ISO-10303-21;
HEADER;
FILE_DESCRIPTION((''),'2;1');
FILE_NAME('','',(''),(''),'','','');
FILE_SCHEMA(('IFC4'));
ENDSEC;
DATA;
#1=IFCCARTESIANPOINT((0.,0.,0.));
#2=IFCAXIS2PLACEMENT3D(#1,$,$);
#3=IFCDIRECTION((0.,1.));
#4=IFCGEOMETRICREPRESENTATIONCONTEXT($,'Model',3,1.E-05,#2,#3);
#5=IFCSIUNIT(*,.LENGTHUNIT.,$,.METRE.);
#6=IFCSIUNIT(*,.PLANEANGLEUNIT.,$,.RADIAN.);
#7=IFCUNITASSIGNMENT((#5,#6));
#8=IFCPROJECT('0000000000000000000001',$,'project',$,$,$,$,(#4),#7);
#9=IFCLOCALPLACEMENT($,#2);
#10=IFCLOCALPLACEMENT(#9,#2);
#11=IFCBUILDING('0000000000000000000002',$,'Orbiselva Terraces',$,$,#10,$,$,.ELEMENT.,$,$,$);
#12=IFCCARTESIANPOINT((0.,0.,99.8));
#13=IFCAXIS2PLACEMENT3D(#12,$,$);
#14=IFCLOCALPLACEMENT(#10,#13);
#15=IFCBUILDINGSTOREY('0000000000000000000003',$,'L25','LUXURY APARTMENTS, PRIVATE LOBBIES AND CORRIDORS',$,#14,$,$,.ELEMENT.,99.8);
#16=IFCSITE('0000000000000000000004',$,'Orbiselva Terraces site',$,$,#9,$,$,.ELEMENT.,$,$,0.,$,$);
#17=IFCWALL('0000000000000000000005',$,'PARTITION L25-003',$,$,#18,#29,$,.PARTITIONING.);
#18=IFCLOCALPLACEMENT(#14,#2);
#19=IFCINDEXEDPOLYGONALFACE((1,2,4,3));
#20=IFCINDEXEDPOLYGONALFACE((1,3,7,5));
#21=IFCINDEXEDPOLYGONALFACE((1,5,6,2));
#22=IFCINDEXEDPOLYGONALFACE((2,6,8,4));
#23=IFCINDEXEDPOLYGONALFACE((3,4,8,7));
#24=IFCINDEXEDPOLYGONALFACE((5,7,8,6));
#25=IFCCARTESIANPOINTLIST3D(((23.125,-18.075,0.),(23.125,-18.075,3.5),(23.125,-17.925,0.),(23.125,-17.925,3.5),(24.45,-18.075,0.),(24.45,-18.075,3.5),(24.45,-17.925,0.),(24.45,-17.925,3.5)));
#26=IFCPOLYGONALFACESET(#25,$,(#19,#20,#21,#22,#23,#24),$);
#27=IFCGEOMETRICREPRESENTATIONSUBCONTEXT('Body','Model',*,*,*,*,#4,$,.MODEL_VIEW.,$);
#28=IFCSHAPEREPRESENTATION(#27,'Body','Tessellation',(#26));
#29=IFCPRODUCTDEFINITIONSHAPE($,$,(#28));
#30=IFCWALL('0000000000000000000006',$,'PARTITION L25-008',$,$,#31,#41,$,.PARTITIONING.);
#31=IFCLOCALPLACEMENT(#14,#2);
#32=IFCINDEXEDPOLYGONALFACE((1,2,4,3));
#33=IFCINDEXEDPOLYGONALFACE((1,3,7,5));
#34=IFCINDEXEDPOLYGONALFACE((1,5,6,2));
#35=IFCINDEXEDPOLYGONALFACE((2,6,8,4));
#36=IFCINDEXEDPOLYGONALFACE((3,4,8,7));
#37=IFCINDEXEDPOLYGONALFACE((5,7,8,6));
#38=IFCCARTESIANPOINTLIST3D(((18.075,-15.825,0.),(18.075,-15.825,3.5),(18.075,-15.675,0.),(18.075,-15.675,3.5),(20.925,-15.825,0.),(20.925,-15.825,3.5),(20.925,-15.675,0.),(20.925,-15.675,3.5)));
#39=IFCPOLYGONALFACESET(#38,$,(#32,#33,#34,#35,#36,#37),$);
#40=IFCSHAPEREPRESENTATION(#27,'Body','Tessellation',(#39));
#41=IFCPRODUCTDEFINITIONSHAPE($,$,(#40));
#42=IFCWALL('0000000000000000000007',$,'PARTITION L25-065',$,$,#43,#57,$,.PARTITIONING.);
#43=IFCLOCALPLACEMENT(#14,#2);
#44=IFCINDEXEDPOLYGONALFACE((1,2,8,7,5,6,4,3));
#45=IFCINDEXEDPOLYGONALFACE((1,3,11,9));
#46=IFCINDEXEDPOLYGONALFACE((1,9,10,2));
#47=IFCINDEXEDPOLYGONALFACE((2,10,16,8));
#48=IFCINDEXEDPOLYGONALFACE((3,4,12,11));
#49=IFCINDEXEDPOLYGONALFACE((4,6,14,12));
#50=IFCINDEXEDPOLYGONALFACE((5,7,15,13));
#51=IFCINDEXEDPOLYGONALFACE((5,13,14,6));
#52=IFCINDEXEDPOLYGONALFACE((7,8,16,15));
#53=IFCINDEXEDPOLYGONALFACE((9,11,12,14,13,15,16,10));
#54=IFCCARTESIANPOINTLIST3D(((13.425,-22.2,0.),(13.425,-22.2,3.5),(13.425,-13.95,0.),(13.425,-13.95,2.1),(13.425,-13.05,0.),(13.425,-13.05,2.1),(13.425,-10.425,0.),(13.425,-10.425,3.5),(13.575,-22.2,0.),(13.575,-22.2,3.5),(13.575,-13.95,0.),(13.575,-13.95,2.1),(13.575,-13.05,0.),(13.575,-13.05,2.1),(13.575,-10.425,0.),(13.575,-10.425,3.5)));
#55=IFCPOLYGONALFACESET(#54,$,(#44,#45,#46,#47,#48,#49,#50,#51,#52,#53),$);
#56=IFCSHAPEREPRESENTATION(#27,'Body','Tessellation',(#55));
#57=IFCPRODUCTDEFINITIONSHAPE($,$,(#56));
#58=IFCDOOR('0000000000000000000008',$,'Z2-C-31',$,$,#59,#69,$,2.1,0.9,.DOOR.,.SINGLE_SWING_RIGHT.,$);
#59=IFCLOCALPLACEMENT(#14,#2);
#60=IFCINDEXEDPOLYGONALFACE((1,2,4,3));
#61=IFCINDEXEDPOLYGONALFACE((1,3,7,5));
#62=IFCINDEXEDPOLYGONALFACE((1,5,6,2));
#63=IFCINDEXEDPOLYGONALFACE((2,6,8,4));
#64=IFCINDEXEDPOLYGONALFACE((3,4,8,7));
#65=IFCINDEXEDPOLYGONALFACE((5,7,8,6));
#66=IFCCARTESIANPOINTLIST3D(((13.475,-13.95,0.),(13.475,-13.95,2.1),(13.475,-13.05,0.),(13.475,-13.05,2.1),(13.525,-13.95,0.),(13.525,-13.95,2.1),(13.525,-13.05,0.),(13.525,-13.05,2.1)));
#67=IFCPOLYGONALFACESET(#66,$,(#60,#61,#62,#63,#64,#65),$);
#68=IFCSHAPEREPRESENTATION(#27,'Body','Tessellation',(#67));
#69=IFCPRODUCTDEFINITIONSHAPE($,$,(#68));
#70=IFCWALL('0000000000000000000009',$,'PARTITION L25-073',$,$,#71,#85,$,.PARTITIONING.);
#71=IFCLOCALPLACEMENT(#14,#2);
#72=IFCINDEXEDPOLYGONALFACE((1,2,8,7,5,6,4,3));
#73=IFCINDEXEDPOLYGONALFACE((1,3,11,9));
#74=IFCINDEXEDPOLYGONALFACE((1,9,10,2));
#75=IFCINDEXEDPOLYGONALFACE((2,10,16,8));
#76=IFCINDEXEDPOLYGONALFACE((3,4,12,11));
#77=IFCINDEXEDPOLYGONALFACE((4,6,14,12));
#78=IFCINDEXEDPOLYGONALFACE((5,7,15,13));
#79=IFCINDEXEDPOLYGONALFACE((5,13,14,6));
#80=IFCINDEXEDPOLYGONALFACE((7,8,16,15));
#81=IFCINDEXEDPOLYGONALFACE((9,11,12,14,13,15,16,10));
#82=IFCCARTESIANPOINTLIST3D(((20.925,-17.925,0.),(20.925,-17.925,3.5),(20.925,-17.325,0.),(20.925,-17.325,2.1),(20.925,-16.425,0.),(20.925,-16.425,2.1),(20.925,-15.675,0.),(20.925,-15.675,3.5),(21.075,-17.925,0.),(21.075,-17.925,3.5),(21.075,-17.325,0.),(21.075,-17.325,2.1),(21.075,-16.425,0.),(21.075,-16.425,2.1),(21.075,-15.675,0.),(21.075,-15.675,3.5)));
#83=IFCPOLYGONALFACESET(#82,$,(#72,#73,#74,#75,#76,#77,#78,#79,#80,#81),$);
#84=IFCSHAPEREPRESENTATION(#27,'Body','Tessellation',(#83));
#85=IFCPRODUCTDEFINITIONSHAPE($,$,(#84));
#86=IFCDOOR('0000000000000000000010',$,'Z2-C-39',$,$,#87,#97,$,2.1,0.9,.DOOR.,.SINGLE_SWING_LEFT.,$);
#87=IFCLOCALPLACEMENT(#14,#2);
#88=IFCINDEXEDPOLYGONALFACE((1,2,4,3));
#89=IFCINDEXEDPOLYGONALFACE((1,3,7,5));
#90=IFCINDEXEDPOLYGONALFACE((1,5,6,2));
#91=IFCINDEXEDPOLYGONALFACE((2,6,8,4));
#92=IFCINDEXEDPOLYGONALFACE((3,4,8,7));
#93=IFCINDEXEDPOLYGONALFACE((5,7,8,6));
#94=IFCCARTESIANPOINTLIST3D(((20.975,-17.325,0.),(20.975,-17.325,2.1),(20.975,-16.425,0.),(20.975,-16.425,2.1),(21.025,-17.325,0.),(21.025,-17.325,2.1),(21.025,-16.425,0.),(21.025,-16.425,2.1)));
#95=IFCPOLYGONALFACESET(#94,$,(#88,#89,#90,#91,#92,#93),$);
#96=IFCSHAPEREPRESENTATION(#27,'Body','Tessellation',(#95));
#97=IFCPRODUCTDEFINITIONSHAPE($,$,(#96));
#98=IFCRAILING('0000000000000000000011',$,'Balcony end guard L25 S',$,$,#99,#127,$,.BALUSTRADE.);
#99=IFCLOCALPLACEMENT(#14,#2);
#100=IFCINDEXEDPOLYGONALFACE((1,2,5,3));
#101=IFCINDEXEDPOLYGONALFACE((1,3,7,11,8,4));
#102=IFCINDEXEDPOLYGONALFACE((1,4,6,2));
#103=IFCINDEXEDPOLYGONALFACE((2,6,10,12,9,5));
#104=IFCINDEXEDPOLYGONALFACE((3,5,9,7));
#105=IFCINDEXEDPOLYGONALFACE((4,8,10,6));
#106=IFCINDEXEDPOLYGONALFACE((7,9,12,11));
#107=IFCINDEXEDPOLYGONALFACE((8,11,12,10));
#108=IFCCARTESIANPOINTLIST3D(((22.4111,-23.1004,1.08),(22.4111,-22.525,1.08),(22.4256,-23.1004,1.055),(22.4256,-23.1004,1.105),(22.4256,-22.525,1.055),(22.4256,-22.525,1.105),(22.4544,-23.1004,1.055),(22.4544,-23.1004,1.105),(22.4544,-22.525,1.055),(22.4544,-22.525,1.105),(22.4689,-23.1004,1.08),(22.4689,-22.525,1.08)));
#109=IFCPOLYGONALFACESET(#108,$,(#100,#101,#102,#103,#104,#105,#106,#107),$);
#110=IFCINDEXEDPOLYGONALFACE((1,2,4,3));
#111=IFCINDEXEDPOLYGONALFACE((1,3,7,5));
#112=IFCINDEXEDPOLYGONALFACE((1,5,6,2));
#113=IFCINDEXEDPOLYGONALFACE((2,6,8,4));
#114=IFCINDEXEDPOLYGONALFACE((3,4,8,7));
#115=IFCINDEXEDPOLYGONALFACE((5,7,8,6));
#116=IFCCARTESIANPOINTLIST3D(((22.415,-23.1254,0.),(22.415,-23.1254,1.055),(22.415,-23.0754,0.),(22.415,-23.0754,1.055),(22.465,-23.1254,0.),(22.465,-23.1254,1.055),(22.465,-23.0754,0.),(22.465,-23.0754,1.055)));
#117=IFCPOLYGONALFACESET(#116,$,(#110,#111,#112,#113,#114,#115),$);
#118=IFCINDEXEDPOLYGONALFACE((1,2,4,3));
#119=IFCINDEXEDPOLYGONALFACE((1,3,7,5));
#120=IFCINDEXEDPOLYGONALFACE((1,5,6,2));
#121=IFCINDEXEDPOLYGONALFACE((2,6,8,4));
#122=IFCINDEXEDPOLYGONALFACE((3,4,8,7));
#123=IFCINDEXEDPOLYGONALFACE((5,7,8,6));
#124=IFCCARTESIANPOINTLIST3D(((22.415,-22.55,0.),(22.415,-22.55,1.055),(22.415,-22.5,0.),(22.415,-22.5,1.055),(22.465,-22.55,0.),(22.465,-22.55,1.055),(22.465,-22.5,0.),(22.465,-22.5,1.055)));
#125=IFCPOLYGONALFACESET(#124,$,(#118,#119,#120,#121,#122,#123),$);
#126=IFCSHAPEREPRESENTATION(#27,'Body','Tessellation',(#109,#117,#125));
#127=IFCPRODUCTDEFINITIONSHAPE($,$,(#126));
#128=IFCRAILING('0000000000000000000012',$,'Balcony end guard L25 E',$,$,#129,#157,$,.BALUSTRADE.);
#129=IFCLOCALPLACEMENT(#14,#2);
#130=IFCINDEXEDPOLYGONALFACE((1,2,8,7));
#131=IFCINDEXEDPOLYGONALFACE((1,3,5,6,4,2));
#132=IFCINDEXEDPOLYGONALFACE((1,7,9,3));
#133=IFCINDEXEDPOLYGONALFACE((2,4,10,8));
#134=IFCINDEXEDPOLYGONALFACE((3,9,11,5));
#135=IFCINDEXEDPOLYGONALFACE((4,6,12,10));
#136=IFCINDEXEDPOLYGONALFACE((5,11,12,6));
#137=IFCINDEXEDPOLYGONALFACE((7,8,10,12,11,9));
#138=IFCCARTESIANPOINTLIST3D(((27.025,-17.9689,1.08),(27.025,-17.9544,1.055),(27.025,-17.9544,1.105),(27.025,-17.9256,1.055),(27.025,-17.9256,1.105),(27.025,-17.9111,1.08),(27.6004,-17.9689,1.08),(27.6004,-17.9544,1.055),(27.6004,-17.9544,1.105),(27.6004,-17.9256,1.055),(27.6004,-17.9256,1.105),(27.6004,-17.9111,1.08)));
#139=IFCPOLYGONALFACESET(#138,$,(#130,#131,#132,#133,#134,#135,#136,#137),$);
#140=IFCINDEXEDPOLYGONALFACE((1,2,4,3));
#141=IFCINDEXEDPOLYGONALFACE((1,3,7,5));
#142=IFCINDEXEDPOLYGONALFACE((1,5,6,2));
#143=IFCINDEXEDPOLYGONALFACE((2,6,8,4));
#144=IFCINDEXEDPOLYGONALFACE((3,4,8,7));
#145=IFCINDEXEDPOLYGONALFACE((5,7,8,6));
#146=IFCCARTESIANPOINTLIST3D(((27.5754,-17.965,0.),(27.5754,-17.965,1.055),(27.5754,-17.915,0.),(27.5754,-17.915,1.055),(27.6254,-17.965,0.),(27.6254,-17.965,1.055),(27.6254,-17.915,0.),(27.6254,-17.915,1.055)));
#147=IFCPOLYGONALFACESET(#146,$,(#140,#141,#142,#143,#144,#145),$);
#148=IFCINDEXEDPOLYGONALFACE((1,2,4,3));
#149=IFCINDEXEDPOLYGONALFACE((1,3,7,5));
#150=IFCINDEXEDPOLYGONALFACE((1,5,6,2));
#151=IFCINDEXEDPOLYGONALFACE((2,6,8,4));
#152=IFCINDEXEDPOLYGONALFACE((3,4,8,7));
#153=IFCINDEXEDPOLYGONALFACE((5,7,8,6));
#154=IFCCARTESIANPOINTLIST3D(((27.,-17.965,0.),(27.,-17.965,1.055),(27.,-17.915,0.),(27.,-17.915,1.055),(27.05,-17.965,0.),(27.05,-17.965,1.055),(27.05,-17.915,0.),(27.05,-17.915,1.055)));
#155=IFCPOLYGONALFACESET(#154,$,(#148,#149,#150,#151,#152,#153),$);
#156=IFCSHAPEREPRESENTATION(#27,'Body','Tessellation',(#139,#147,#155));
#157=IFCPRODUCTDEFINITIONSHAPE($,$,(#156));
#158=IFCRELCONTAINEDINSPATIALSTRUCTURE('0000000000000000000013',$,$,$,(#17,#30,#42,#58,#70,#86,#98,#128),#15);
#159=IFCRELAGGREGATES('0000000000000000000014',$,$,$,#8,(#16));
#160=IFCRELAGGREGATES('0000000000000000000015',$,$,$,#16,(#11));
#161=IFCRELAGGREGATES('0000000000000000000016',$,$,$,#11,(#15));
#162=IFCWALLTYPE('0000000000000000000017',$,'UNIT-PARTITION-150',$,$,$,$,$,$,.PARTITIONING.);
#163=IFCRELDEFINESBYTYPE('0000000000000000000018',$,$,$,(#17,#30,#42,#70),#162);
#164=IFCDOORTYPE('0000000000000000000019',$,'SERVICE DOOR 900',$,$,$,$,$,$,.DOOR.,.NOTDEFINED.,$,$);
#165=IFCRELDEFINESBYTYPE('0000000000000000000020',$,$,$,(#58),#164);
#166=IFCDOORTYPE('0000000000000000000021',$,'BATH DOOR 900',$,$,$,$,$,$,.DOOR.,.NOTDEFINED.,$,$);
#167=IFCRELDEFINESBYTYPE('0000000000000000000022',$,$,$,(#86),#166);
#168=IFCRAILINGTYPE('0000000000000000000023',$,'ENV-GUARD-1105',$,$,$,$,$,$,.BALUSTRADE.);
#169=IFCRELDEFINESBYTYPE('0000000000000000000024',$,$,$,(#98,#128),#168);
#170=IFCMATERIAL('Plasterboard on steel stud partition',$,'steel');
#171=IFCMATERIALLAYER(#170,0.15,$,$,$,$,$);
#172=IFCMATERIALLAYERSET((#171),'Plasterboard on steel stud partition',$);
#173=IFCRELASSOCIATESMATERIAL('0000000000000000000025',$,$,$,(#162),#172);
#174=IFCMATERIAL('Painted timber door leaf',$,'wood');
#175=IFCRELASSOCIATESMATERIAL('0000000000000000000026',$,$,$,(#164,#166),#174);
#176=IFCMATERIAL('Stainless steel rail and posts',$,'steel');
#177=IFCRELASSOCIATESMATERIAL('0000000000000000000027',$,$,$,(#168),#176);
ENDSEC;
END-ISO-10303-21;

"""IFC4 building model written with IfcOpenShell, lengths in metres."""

from ifc_helpers import new_model, si_unit, direction, frame, frame_2d, origin, origin_2d, place, context, subcontext, project, spatial, polyline, rectangle, outline, extrude, material, layer, layer_set, type_object, element, fill, save


model = new_model("IFC4")

# Units and contexts
model_context = context("Model", 3, precision=1e-05, world=origin(), true_north=direction((0.0, 1.0)))
body_context = subcontext(model_context, "Body", "Model", "MODEL_VIEW")
ifc_project = project(units=[si_unit("LENGTHUNIT", "METRE"), si_unit("PLANEANGLEUNIT", "RADIAN")], contexts=[model_context])

# Site, building, storey
site_placement = place(None, origin())
site = spatial("IfcSite", under=ifc_project, at=site_placement, Name="Orbiselva Terraces site", CompositionType="ELEMENT", RefElevation=0.0)
building_placement = place(site_placement, origin())
building = spatial("IfcBuilding", under=site, at=building_placement, Name="Orbiselva Terraces", CompositionType="ELEMENT")
storey_placement = place(building_placement, frame((0.0, 0.0, 99.8)))
storey = spatial("IfcBuildingStorey", under=building, at=storey_placement, Name="L25", Description="LUXURY APARTMENTS, PRIVATE LOBBIES AND CORRIDORS", CompositionType="ELEMENT", Elevation=99.8)

# Walls
ifc_material_1 = material(Name="Plasterboard on steel stud partition", Category="steel")
ifc_layer_1 = layer(ifc_material_1, 0.15)
ifc_layer_set_1 = layer_set([ifc_layer_1], Name="Plasterboard on steel stud partition")
wall_type_1 = type_object("IfcWallType", Name="UNIT-PARTITION-150", PredefinedType="PARTITIONING", material=ifc_layer_set_1)
wall_1_placement = place(storey_placement, frame((23.125, -18.0, 0.0), z_axis=(0.0, 0.0, 1.0), x_axis=(1.0, 0.0, 0.0)))
element("IfcWall", 1, at=wall_1_placement, inside=storey, type_object=wall_type_1, Name="PARTITION L25-003", PredefinedType="PARTITIONING", context=body_context, shape_type="SweptSolid", body=[
    extrude(rectangle(XDim=1.325, YDim=0.15, at=frame_2d((0.6625, 0.0))), origin(), (0.0, 0.0, 1.0), 3.5),
])
wall_2_placement = place(storey_placement, frame((18.075, -15.75, 0.0), z_axis=(0.0, 0.0, 1.0), x_axis=(1.0, 0.0, 0.0)))
element("IfcWall", 2, at=wall_2_placement, inside=storey, type_object=wall_type_1, Name="PARTITION L25-008", PredefinedType="PARTITIONING", context=body_context, shape_type="SweptSolid", body=[
    extrude(rectangle(XDim=2.85, YDim=0.15, at=frame_2d((1.425, 0.0))), origin(), (0.0, 0.0, 1.0), 3.5),
])

# Walls, openings, doors
wall_3_placement = place(storey_placement, frame((13.5, -22.2, 0.0), z_axis=(0.0, 0.0, 1.0), x_axis=(0.0, 1.0, 0.0)))
wall_3 = element("IfcWall", 3, at=wall_3_placement, inside=storey, type_object=wall_type_1, Name="PARTITION L25-065", PredefinedType="PARTITIONING", context=body_context, shape_type="SweptSolid", body=[
    extrude(rectangle(XDim=11.775, YDim=0.15, at=frame_2d((5.8875, 0.0))), origin(), (0.0, 0.0, 1.0), 3.5),
])
opening_1_placement = place(wall_3_placement, frame((8.25, 0.0, 0.0)))
opening_1 = element("IfcOpeningElement", 4, at=opening_1_placement, cuts=wall_3, PredefinedType="OPENING", context=body_context, shape_type="SweptSolid", body=[
    extrude(rectangle(XDim=0.9, YDim=2.1, at=frame_2d((0.45, 1.05))), frame((0.0, 0.085, 0.0), z_axis=(0.0, -1.0, 0.0), x_axis=(1.0, 0.0, 0.0)), (0.0, 0.0, 1.0), 0.17),
])
ifc_material_2 = material(Name="Painted timber door leaf", Category="wood")
door_type_1 = type_object("IfcDoorType", Name="SERVICE DOOR 900", OperationType="NOTDEFINED", PredefinedType="DOOR", material=ifc_material_2)
door_1_placement = place(opening_1_placement, origin())
door_1 = element("IfcDoor", 5, at=door_1_placement, inside=storey, type_object=door_type_1, Name="Z2-C-31", OperationType="SINGLE_SWING_RIGHT", OverallHeight=2.1, OverallWidth=0.9, PredefinedType="DOOR", context=body_context, shape_type="SweptSolid", body=[
    extrude(rectangle(XDim=0.9, YDim=2.1, at=frame_2d((0.45, 1.05))), frame((0.0, 0.025, 0.0), z_axis=(0.0, -1.0, 0.0), x_axis=(1.0, 0.0, 0.0)), (0.0, 0.0, 1.0), 0.05),
])
fill(opening_1, door_1)
wall_4_placement = place(storey_placement, frame((21.0, -17.925, 0.0), z_axis=(0.0, 0.0, 1.0), x_axis=(0.0, 1.0, 0.0)))
wall_4 = element("IfcWall", 6, at=wall_4_placement, inside=storey, type_object=wall_type_1, Name="PARTITION L25-073", PredefinedType="PARTITIONING", context=body_context, shape_type="SweptSolid", body=[
    extrude(rectangle(XDim=2.25, YDim=0.15, at=frame_2d((1.125, 0.0))), origin(), (0.0, 0.0, 1.0), 3.5),
])
opening_2_placement = place(wall_4_placement, frame((0.6, 0.0, 0.0)))
opening_2 = element("IfcOpeningElement", 7, at=opening_2_placement, cuts=wall_4, PredefinedType="OPENING", context=body_context, shape_type="SweptSolid", body=[
    extrude(rectangle(XDim=0.9, YDim=2.1, at=frame_2d((0.45, 1.05))), frame((0.0, 0.085, 0.0), z_axis=(0.0, -1.0, 0.0), x_axis=(1.0, 0.0, 0.0)), (0.0, 0.0, 1.0), 0.17),
])
door_type_2 = type_object("IfcDoorType", Name="BATH DOOR 900", OperationType="NOTDEFINED", PredefinedType="DOOR", material=ifc_material_2)
door_2_placement = place(opening_2_placement, origin())
door_2 = element("IfcDoor", 8, at=door_2_placement, inside=storey, type_object=door_type_2, Name="Z2-C-39", OperationType="SINGLE_SWING_LEFT", OverallHeight=2.1, OverallWidth=0.9, PredefinedType="DOOR", context=body_context, shape_type="SweptSolid", body=[
    extrude(rectangle(XDim=0.9, YDim=2.1, at=frame_2d((0.45, 1.05))), frame((0.0, 0.025, 0.0), z_axis=(0.0, -1.0, 0.0), x_axis=(1.0, 0.0, 0.0)), (0.0, 0.0, 1.0), 0.05),
])
fill(opening_2, door_2)

# Railings
ifc_material_3 = material(Name="Stainless steel rail and posts", Category="steel")
railing_type_1 = type_object("IfcRailingType", Name="ENV-GUARD-1105", PredefinedType="BALUSTRADE", material=ifc_material_3)
railing_1_placement = place(storey_placement, frame((22.44, -23.1004, 0.0)))
element("IfcRailing", 9, at=railing_1_placement, inside=storey, type_object=railing_type_1, Name="Balcony end guard L25 S", PredefinedType="BALUSTRADE", context=body_context, shape_type="SweptSolid", body=[
    extrude(outline(polyline([(0.0289, 0.0), (0.0144, 0.025), (-0.0144, 0.025), (-0.0289, 0.0), (-0.0144, -0.025), (0.0144, -0.025), (0.0289, 0.0)])), frame((0.0, 0.0, 1.08), z_axis=(0.0, 1.0, 0.0), x_axis=(-1.0, 0.0, 0.0)), (0.0, 0.0, 1.0), 0.5754),
    extrude(rectangle(XDim=0.05, YDim=0.05, at=origin_2d()), origin(), (0.0, 0.0, 1.0), 1.055),
    extrude(rectangle(XDim=0.05, YDim=0.05, at=origin_2d()), frame((0.0, 0.5754, 0.0)), (0.0, 0.0, 1.0), 1.055),
])
railing_2_placement = place(storey_placement, frame((27.6004, -17.94, 0.0)))
element("IfcRailing", 10, at=railing_2_placement, inside=storey, type_object=railing_type_1, Name="Balcony end guard L25 E", PredefinedType="BALUSTRADE", context=body_context, shape_type="SweptSolid", body=[
    extrude(outline(polyline([(0.0289, 0.0), (0.0144, 0.025), (-0.0144, 0.025), (-0.0289, 0.0), (-0.0144, -0.025), (0.0144, -0.025), (0.0289, 0.0)])), frame((0.0, 0.0, 1.08), z_axis=(-1.0, 0.0, 0.0), x_axis=(0.0, -1.0, 0.0)), (0.0, 0.0, 1.0), 0.5754),
    extrude(rectangle(XDim=0.05, YDim=0.05, at=origin_2d()), origin(), (0.0, 0.0, 1.0), 1.055),
    extrude(rectangle(XDim=0.05, YDim=0.05, at=origin_2d()), frame((-0.5754, 0.0, 0.0)), (0.0, 0.0, 1.0), 1.055),
])

save(model, "model.ifc")
